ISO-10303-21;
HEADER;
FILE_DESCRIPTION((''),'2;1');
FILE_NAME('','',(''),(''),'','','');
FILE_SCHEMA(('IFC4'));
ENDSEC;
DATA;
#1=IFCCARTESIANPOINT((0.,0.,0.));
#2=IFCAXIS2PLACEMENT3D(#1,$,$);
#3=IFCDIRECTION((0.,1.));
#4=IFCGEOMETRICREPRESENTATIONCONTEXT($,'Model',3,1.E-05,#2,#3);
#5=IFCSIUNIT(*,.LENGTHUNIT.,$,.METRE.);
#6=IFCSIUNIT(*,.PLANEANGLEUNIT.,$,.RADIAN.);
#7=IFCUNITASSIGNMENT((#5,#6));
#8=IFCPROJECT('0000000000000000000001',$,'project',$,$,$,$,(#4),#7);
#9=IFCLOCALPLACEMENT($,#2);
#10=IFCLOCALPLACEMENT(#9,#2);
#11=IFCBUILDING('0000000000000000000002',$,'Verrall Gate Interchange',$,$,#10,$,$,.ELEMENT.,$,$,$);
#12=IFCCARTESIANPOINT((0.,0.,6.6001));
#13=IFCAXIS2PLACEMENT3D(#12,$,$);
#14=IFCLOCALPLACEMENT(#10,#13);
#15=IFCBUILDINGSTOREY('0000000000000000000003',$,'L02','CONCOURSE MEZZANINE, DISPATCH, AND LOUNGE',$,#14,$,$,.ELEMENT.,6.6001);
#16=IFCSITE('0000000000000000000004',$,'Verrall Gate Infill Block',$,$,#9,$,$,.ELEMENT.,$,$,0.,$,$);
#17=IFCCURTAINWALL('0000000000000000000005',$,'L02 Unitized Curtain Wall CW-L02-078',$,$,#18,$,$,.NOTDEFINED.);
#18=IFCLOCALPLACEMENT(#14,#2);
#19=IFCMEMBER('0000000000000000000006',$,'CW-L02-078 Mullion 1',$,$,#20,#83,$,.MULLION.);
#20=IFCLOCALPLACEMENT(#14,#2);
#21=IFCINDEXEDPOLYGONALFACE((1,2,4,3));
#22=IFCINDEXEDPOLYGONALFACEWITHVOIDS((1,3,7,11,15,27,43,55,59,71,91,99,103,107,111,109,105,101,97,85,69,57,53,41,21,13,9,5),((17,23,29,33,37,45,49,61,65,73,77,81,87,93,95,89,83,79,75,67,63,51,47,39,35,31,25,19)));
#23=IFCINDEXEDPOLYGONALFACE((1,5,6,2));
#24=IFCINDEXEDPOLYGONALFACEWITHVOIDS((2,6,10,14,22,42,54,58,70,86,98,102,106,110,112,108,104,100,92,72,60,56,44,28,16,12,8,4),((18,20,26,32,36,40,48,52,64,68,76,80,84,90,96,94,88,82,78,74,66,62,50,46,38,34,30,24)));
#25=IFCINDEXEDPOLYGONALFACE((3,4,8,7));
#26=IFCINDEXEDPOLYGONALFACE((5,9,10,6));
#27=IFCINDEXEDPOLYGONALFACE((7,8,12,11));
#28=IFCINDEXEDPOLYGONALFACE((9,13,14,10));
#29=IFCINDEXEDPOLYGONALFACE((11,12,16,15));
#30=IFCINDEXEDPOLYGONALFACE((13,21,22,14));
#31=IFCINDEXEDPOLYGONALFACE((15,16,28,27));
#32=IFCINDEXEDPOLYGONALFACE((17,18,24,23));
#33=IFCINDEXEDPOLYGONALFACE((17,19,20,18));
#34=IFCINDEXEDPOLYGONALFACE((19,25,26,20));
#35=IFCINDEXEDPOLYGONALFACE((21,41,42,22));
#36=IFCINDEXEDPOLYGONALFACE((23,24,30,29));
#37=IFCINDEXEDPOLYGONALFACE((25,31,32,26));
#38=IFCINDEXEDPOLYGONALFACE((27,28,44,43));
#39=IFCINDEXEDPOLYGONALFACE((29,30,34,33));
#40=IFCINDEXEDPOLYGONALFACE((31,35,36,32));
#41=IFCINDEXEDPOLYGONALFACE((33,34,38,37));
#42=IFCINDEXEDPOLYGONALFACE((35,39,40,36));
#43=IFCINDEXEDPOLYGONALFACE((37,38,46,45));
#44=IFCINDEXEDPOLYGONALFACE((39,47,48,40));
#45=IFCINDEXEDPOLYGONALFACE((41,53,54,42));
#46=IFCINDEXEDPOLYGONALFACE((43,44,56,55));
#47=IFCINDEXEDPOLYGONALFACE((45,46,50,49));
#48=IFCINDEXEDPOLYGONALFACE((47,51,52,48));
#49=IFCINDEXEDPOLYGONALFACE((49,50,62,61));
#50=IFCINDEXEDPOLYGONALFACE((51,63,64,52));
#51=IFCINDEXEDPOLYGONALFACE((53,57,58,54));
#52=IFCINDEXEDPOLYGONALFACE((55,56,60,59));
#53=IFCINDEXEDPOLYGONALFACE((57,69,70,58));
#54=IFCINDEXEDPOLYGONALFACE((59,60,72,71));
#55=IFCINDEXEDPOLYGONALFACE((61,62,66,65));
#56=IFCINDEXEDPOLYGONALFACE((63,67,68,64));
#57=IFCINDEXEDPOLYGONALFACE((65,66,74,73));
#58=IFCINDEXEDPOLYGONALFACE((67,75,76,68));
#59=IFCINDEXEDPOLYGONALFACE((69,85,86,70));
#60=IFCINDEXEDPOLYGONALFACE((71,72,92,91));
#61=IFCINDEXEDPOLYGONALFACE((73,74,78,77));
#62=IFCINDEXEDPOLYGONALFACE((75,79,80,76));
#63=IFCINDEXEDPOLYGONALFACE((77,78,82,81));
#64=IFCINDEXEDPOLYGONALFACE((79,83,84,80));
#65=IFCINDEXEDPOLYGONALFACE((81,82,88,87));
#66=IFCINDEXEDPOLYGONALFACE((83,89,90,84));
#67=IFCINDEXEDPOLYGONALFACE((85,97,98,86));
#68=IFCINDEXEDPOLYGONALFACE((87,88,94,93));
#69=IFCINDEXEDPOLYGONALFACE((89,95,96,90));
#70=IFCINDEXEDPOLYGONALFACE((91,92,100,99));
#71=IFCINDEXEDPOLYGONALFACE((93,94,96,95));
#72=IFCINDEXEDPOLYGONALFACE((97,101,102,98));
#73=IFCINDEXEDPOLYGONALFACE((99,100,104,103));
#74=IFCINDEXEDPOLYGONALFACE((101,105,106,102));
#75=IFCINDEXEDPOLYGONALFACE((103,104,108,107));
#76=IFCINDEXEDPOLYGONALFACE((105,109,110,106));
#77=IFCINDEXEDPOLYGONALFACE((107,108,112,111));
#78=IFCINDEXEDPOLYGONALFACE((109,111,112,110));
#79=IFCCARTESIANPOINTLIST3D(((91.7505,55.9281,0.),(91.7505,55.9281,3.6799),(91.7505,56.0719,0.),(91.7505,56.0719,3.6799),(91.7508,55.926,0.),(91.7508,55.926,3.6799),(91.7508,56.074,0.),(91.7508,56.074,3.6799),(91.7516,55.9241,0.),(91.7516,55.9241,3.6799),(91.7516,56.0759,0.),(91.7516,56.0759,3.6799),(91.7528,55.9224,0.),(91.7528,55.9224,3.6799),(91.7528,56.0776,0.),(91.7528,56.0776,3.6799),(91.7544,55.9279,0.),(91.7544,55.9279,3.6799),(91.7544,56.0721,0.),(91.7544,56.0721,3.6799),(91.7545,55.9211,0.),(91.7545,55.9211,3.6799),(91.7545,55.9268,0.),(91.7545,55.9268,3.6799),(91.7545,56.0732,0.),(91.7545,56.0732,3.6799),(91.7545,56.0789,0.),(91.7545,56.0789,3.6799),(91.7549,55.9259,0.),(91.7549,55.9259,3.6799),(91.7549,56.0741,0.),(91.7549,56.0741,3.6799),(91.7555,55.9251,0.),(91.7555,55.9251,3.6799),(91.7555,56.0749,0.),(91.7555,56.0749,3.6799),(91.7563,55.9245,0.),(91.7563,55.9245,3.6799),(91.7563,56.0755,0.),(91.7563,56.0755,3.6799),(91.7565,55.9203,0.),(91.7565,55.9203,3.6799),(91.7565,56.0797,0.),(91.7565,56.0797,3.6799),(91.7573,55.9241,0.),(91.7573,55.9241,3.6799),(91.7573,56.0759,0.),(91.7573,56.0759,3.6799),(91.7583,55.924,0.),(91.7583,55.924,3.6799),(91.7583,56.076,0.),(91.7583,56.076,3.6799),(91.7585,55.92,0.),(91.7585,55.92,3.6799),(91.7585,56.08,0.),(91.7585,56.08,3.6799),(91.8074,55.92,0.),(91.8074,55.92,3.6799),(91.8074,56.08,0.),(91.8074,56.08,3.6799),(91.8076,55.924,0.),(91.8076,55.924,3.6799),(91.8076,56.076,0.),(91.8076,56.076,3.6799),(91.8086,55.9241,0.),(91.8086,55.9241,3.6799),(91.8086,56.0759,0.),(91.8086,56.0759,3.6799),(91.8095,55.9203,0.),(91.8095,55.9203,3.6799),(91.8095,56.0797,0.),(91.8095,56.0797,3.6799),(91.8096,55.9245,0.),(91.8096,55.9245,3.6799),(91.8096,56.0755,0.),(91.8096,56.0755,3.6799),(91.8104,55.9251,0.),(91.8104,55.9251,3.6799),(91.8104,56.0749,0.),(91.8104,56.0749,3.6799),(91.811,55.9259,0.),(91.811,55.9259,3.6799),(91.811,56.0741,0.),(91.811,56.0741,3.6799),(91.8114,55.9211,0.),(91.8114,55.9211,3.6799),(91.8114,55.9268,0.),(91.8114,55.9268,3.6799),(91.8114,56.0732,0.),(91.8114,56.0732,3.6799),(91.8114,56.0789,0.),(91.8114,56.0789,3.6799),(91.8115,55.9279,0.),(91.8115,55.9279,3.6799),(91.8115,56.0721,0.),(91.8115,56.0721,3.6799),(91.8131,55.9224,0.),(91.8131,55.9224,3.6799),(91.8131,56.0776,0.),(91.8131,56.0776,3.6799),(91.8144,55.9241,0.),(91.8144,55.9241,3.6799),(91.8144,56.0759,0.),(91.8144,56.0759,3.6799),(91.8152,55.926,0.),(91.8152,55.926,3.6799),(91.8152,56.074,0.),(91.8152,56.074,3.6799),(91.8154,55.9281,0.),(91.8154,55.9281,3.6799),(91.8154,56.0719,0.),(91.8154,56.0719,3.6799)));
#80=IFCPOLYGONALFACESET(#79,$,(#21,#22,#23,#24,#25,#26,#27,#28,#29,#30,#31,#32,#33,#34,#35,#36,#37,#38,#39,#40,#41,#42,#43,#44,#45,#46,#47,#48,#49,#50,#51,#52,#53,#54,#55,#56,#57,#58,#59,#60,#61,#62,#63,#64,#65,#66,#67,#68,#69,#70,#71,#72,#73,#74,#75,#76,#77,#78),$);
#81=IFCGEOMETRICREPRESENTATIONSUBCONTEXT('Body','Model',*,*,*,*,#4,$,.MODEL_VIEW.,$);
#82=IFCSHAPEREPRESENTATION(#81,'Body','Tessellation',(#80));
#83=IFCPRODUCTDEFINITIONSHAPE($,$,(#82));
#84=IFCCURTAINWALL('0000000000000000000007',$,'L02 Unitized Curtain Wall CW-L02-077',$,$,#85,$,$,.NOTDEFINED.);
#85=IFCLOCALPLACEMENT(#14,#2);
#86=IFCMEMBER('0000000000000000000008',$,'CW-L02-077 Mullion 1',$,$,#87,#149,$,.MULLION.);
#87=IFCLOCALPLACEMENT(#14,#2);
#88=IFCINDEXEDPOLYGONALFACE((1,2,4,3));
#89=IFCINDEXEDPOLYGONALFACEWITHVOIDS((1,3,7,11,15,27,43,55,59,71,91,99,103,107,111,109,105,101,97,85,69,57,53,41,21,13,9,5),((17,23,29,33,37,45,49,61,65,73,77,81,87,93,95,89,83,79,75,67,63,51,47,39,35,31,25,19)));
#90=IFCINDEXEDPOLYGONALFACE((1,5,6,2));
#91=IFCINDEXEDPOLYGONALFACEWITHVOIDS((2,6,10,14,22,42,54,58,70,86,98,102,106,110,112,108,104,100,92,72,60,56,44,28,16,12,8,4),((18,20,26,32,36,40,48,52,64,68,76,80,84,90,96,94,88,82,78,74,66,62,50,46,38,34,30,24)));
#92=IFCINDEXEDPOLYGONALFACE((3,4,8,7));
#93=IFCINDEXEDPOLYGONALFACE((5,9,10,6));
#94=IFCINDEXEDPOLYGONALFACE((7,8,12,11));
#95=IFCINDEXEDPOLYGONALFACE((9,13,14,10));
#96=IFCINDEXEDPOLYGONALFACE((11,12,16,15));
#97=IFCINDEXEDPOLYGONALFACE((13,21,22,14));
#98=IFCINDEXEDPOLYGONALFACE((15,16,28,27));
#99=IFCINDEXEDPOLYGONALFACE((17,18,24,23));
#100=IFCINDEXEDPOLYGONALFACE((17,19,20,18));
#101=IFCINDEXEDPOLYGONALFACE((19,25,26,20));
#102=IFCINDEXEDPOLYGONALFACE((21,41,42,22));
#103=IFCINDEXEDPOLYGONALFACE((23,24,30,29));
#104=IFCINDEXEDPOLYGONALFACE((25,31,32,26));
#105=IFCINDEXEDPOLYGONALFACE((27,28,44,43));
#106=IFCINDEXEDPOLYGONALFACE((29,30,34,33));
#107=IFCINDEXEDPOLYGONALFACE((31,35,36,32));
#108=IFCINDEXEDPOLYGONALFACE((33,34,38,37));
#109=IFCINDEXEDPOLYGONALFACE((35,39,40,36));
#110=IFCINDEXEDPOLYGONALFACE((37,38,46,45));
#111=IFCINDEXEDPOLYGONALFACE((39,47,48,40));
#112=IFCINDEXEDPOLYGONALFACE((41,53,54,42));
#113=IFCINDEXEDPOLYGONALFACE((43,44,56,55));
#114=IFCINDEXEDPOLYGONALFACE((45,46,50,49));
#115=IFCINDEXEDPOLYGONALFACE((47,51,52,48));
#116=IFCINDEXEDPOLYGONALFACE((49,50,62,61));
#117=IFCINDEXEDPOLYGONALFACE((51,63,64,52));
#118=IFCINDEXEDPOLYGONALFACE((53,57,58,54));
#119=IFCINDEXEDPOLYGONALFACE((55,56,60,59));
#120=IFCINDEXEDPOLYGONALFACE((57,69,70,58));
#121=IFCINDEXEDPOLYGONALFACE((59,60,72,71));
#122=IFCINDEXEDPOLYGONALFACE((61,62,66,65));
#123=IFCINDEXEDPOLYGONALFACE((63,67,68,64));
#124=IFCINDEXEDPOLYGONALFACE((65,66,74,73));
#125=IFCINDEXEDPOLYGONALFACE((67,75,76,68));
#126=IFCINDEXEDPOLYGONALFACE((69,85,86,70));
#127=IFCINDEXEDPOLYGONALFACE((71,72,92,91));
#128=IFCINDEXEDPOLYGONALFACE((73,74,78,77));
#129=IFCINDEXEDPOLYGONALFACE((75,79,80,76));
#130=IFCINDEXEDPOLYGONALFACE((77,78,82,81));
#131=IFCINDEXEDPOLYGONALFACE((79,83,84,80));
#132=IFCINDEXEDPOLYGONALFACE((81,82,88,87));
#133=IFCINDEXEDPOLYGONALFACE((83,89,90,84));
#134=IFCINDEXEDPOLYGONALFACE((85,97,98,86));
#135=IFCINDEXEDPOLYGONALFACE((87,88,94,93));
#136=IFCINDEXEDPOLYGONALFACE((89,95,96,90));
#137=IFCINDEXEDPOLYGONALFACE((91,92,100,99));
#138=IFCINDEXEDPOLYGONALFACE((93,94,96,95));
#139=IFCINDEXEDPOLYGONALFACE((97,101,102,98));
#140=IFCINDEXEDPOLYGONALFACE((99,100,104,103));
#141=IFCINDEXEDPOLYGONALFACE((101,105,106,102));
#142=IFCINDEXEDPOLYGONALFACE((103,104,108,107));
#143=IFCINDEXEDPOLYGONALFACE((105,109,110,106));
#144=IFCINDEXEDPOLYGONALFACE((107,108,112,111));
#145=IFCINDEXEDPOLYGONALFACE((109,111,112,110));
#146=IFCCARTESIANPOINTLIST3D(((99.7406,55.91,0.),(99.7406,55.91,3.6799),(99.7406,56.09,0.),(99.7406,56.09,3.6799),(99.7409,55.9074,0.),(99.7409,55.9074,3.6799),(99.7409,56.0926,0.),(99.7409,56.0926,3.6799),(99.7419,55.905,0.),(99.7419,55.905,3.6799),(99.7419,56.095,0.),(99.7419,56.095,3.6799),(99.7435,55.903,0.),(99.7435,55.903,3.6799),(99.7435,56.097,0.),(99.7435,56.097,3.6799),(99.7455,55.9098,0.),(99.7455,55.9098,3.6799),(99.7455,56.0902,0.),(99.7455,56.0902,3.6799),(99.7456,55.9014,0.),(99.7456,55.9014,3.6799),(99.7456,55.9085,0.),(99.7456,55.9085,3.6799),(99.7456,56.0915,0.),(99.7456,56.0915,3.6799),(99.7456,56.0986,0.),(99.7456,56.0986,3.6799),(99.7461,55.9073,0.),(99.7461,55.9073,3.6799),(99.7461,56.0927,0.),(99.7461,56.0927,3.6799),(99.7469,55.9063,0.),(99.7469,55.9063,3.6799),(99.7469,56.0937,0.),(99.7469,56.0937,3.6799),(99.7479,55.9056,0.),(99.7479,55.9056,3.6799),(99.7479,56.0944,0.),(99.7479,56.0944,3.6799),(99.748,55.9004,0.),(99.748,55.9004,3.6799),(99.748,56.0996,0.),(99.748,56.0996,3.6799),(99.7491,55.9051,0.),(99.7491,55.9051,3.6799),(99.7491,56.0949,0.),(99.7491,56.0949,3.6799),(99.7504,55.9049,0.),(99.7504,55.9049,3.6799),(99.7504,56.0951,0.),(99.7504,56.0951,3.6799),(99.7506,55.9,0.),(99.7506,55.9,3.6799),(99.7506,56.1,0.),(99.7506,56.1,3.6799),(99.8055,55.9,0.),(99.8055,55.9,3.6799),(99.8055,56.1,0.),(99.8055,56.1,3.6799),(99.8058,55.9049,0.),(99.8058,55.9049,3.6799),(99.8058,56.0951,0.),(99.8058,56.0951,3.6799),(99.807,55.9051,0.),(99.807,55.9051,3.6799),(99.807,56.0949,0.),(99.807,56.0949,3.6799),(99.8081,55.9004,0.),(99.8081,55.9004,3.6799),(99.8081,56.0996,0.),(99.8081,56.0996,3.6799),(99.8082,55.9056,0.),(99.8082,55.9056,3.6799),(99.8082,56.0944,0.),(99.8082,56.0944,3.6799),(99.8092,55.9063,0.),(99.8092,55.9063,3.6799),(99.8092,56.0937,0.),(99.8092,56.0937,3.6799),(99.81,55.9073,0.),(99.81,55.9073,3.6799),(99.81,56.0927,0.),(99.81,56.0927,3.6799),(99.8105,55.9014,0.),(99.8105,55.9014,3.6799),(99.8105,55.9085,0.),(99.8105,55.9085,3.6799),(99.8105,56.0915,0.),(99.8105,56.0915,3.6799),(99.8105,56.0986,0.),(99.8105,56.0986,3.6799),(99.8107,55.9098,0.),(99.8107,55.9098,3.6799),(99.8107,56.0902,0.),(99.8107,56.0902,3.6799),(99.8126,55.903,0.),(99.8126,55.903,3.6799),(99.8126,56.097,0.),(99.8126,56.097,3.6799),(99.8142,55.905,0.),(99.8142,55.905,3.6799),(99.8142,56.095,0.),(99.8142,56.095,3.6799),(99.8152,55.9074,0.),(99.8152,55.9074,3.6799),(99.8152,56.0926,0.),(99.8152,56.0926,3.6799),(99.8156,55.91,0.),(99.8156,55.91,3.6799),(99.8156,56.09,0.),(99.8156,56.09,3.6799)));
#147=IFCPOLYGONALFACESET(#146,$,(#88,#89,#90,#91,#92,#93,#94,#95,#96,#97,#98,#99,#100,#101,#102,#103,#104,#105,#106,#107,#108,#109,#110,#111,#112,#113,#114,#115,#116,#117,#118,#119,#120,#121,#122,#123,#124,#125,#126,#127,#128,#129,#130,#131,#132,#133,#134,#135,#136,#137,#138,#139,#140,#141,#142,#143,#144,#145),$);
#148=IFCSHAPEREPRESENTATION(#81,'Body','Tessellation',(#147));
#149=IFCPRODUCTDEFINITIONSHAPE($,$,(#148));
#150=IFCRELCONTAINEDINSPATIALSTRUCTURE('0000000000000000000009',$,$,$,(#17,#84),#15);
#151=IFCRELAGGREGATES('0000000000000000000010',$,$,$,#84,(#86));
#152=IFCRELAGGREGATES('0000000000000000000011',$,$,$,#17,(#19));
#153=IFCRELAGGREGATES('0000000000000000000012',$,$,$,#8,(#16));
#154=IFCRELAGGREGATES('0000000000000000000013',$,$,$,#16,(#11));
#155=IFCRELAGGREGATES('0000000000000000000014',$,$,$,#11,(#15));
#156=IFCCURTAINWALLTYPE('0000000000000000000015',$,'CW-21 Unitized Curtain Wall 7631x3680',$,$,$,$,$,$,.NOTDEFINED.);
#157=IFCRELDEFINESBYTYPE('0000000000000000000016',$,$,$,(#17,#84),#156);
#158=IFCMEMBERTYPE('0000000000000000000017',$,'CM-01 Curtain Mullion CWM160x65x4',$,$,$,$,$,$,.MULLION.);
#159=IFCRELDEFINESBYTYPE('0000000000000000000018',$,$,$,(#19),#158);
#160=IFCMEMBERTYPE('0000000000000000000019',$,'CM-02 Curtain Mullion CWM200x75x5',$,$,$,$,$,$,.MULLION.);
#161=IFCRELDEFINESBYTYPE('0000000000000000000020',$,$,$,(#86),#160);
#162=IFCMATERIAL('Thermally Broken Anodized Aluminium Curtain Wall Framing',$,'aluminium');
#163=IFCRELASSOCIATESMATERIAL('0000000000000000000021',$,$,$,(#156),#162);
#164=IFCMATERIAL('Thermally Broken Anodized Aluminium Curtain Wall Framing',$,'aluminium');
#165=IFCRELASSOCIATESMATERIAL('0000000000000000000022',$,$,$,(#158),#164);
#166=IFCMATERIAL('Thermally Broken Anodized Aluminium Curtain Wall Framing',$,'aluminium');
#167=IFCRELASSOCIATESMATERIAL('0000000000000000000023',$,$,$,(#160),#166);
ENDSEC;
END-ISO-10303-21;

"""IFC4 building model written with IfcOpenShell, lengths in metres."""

from ifc_helpers import new_model, si_unit, direction, frame, origin, origin_2d, place, context, subcontext, project, spatial, hollow_rectangle, extrude, material, material_profile, profile_set, type_object, element, aggregate, save


model = new_model("IFC4")

# Units and contexts
model_context = context("Model", 3, precision=1e-05, world=origin(), true_north=direction((0.0, 1.0)))
body_context = subcontext(model_context, "Body", "Model", "MODEL_VIEW")
ifc_project = project(units=[si_unit("LENGTHUNIT", "METRE"), si_unit("PLANEANGLEUNIT", "RADIAN")], contexts=[model_context])

# Site, building, storey
site_placement = place(None, origin())
site = spatial("IfcSite", under=ifc_project, at=site_placement, Name="Verrall Gate Infill Block", CompositionType="ELEMENT", RefElevation=0.0)
building_placement = place(site_placement, origin())
building = spatial("IfcBuilding", under=site, at=building_placement, Name="Verrall Gate Interchange", CompositionType="ELEMENT")
storey_placement = place(building_placement, frame((0.0, 0.0, 6.6001)))
storey = spatial("IfcBuildingStorey", under=building, at=storey_placement, Name="L02", Description="CONCOURSE MEZZANINE, DISPATCH, AND LOUNGE", CompositionType="ELEMENT", Elevation=6.6001)

# Curtain wall, member
ifc_material_1 = material(Name="Thermally Broken Anodized Aluminium Curtain Wall Framing", Category="aluminium")
curtain_wall_type = type_object("IfcCurtainWallType", Name="CW-21 Unitized Curtain Wall 7631x3680", PredefinedType="NOTDEFINED", material=ifc_material_1)
curtain_wall_1_placement = place(storey_placement, origin())
curtain_wall_1 = element("IfcCurtainWall", 1, at=curtain_wall_1_placement, inside=storey, type_object=curtain_wall_type, Name="L02 Unitized Curtain Wall CW-L02-078", PredefinedType="NOTDEFINED")
ifc_material_2 = material(Name="Thermally Broken Anodized Aluminium Curtain Wall Framing", Category="aluminium")
ifc_material_profile_1 = material_profile(ifc_material_2, hollow_rectangle(XDim=0.0649, YDim=0.1599, WallThickness=0.0039, InnerFilletRadius=0.0039, OuterFilletRadius=0.0081, at=origin_2d()), Name="CWM160x65x4")
ifc_profile_set_1 = profile_set([ifc_material_profile_1], Name="Thermally Broken Anodized Aluminium Curtain Wall Framing")
member_type_1 = type_object("IfcMemberType", Name="CM-01 Curtain Mullion CWM160x65x4", PredefinedType="MULLION", material=ifc_profile_set_1)
member_1_placement = place(storey_placement, frame((91.783, 56.0, 0.0), z_axis=(0.0, 0.0, 1.0), x_axis=(-1.0, 0.0, 0.0)))
member_1 = element("IfcMember", 2, at=member_1_placement, type_object=member_type_1, Name="CW-L02-078 Mullion 1", PredefinedType="MULLION", context=body_context, shape_type="SweptSolid", body=[
    extrude(hollow_rectangle(XDim=0.0649, YDim=0.1599, WallThickness=0.0039, InnerFilletRadius=0.0039, OuterFilletRadius=0.0081, at=origin_2d()), origin(), (0.0, 0.0, 1.0), 3.6799),
])

# Curtain wall, member
curtain_wall_2_placement = place(storey_placement, origin())
curtain_wall_2 = element("IfcCurtainWall", 3, at=curtain_wall_2_placement, inside=storey, type_object=curtain_wall_type, Name="L02 Unitized Curtain Wall CW-L02-077", PredefinedType="NOTDEFINED")
ifc_material_3 = material(Name="Thermally Broken Anodized Aluminium Curtain Wall Framing", Category="aluminium")
ifc_material_profile_2 = material_profile(ifc_material_3, hollow_rectangle(XDim=0.075, YDim=0.2, WallThickness=0.0049, InnerFilletRadius=0.0049, OuterFilletRadius=0.01, at=origin_2d()), Name="CWM200x75x5")
ifc_profile_set_2 = profile_set([ifc_material_profile_2], Name="Thermally Broken Anodized Aluminium Curtain Wall Framing")
member_type_2 = type_object("IfcMemberType", Name="CM-02 Curtain Mullion CWM200x75x5", PredefinedType="MULLION", material=ifc_profile_set_2)
member_2_placement = place(storey_placement, frame((99.7781, 56.0, 0.0), z_axis=(0.0, 0.0, 1.0), x_axis=(-1.0, 0.0, 0.0)))
member_2 = element("IfcMember", 4, at=member_2_placement, type_object=member_type_2, Name="CW-L02-077 Mullion 1", PredefinedType="MULLION", context=body_context, shape_type="SweptSolid", body=[
    extrude(hollow_rectangle(XDim=0.075, YDim=0.2, WallThickness=0.0049, InnerFilletRadius=0.0049, OuterFilletRadius=0.01, at=origin_2d()), origin(), (0.0, 0.0, 1.0), 3.6799),
])

aggregate(curtain_wall_2, [member_2])
aggregate(curtain_wall_1, [member_1])

save(model, "model.ifc")
